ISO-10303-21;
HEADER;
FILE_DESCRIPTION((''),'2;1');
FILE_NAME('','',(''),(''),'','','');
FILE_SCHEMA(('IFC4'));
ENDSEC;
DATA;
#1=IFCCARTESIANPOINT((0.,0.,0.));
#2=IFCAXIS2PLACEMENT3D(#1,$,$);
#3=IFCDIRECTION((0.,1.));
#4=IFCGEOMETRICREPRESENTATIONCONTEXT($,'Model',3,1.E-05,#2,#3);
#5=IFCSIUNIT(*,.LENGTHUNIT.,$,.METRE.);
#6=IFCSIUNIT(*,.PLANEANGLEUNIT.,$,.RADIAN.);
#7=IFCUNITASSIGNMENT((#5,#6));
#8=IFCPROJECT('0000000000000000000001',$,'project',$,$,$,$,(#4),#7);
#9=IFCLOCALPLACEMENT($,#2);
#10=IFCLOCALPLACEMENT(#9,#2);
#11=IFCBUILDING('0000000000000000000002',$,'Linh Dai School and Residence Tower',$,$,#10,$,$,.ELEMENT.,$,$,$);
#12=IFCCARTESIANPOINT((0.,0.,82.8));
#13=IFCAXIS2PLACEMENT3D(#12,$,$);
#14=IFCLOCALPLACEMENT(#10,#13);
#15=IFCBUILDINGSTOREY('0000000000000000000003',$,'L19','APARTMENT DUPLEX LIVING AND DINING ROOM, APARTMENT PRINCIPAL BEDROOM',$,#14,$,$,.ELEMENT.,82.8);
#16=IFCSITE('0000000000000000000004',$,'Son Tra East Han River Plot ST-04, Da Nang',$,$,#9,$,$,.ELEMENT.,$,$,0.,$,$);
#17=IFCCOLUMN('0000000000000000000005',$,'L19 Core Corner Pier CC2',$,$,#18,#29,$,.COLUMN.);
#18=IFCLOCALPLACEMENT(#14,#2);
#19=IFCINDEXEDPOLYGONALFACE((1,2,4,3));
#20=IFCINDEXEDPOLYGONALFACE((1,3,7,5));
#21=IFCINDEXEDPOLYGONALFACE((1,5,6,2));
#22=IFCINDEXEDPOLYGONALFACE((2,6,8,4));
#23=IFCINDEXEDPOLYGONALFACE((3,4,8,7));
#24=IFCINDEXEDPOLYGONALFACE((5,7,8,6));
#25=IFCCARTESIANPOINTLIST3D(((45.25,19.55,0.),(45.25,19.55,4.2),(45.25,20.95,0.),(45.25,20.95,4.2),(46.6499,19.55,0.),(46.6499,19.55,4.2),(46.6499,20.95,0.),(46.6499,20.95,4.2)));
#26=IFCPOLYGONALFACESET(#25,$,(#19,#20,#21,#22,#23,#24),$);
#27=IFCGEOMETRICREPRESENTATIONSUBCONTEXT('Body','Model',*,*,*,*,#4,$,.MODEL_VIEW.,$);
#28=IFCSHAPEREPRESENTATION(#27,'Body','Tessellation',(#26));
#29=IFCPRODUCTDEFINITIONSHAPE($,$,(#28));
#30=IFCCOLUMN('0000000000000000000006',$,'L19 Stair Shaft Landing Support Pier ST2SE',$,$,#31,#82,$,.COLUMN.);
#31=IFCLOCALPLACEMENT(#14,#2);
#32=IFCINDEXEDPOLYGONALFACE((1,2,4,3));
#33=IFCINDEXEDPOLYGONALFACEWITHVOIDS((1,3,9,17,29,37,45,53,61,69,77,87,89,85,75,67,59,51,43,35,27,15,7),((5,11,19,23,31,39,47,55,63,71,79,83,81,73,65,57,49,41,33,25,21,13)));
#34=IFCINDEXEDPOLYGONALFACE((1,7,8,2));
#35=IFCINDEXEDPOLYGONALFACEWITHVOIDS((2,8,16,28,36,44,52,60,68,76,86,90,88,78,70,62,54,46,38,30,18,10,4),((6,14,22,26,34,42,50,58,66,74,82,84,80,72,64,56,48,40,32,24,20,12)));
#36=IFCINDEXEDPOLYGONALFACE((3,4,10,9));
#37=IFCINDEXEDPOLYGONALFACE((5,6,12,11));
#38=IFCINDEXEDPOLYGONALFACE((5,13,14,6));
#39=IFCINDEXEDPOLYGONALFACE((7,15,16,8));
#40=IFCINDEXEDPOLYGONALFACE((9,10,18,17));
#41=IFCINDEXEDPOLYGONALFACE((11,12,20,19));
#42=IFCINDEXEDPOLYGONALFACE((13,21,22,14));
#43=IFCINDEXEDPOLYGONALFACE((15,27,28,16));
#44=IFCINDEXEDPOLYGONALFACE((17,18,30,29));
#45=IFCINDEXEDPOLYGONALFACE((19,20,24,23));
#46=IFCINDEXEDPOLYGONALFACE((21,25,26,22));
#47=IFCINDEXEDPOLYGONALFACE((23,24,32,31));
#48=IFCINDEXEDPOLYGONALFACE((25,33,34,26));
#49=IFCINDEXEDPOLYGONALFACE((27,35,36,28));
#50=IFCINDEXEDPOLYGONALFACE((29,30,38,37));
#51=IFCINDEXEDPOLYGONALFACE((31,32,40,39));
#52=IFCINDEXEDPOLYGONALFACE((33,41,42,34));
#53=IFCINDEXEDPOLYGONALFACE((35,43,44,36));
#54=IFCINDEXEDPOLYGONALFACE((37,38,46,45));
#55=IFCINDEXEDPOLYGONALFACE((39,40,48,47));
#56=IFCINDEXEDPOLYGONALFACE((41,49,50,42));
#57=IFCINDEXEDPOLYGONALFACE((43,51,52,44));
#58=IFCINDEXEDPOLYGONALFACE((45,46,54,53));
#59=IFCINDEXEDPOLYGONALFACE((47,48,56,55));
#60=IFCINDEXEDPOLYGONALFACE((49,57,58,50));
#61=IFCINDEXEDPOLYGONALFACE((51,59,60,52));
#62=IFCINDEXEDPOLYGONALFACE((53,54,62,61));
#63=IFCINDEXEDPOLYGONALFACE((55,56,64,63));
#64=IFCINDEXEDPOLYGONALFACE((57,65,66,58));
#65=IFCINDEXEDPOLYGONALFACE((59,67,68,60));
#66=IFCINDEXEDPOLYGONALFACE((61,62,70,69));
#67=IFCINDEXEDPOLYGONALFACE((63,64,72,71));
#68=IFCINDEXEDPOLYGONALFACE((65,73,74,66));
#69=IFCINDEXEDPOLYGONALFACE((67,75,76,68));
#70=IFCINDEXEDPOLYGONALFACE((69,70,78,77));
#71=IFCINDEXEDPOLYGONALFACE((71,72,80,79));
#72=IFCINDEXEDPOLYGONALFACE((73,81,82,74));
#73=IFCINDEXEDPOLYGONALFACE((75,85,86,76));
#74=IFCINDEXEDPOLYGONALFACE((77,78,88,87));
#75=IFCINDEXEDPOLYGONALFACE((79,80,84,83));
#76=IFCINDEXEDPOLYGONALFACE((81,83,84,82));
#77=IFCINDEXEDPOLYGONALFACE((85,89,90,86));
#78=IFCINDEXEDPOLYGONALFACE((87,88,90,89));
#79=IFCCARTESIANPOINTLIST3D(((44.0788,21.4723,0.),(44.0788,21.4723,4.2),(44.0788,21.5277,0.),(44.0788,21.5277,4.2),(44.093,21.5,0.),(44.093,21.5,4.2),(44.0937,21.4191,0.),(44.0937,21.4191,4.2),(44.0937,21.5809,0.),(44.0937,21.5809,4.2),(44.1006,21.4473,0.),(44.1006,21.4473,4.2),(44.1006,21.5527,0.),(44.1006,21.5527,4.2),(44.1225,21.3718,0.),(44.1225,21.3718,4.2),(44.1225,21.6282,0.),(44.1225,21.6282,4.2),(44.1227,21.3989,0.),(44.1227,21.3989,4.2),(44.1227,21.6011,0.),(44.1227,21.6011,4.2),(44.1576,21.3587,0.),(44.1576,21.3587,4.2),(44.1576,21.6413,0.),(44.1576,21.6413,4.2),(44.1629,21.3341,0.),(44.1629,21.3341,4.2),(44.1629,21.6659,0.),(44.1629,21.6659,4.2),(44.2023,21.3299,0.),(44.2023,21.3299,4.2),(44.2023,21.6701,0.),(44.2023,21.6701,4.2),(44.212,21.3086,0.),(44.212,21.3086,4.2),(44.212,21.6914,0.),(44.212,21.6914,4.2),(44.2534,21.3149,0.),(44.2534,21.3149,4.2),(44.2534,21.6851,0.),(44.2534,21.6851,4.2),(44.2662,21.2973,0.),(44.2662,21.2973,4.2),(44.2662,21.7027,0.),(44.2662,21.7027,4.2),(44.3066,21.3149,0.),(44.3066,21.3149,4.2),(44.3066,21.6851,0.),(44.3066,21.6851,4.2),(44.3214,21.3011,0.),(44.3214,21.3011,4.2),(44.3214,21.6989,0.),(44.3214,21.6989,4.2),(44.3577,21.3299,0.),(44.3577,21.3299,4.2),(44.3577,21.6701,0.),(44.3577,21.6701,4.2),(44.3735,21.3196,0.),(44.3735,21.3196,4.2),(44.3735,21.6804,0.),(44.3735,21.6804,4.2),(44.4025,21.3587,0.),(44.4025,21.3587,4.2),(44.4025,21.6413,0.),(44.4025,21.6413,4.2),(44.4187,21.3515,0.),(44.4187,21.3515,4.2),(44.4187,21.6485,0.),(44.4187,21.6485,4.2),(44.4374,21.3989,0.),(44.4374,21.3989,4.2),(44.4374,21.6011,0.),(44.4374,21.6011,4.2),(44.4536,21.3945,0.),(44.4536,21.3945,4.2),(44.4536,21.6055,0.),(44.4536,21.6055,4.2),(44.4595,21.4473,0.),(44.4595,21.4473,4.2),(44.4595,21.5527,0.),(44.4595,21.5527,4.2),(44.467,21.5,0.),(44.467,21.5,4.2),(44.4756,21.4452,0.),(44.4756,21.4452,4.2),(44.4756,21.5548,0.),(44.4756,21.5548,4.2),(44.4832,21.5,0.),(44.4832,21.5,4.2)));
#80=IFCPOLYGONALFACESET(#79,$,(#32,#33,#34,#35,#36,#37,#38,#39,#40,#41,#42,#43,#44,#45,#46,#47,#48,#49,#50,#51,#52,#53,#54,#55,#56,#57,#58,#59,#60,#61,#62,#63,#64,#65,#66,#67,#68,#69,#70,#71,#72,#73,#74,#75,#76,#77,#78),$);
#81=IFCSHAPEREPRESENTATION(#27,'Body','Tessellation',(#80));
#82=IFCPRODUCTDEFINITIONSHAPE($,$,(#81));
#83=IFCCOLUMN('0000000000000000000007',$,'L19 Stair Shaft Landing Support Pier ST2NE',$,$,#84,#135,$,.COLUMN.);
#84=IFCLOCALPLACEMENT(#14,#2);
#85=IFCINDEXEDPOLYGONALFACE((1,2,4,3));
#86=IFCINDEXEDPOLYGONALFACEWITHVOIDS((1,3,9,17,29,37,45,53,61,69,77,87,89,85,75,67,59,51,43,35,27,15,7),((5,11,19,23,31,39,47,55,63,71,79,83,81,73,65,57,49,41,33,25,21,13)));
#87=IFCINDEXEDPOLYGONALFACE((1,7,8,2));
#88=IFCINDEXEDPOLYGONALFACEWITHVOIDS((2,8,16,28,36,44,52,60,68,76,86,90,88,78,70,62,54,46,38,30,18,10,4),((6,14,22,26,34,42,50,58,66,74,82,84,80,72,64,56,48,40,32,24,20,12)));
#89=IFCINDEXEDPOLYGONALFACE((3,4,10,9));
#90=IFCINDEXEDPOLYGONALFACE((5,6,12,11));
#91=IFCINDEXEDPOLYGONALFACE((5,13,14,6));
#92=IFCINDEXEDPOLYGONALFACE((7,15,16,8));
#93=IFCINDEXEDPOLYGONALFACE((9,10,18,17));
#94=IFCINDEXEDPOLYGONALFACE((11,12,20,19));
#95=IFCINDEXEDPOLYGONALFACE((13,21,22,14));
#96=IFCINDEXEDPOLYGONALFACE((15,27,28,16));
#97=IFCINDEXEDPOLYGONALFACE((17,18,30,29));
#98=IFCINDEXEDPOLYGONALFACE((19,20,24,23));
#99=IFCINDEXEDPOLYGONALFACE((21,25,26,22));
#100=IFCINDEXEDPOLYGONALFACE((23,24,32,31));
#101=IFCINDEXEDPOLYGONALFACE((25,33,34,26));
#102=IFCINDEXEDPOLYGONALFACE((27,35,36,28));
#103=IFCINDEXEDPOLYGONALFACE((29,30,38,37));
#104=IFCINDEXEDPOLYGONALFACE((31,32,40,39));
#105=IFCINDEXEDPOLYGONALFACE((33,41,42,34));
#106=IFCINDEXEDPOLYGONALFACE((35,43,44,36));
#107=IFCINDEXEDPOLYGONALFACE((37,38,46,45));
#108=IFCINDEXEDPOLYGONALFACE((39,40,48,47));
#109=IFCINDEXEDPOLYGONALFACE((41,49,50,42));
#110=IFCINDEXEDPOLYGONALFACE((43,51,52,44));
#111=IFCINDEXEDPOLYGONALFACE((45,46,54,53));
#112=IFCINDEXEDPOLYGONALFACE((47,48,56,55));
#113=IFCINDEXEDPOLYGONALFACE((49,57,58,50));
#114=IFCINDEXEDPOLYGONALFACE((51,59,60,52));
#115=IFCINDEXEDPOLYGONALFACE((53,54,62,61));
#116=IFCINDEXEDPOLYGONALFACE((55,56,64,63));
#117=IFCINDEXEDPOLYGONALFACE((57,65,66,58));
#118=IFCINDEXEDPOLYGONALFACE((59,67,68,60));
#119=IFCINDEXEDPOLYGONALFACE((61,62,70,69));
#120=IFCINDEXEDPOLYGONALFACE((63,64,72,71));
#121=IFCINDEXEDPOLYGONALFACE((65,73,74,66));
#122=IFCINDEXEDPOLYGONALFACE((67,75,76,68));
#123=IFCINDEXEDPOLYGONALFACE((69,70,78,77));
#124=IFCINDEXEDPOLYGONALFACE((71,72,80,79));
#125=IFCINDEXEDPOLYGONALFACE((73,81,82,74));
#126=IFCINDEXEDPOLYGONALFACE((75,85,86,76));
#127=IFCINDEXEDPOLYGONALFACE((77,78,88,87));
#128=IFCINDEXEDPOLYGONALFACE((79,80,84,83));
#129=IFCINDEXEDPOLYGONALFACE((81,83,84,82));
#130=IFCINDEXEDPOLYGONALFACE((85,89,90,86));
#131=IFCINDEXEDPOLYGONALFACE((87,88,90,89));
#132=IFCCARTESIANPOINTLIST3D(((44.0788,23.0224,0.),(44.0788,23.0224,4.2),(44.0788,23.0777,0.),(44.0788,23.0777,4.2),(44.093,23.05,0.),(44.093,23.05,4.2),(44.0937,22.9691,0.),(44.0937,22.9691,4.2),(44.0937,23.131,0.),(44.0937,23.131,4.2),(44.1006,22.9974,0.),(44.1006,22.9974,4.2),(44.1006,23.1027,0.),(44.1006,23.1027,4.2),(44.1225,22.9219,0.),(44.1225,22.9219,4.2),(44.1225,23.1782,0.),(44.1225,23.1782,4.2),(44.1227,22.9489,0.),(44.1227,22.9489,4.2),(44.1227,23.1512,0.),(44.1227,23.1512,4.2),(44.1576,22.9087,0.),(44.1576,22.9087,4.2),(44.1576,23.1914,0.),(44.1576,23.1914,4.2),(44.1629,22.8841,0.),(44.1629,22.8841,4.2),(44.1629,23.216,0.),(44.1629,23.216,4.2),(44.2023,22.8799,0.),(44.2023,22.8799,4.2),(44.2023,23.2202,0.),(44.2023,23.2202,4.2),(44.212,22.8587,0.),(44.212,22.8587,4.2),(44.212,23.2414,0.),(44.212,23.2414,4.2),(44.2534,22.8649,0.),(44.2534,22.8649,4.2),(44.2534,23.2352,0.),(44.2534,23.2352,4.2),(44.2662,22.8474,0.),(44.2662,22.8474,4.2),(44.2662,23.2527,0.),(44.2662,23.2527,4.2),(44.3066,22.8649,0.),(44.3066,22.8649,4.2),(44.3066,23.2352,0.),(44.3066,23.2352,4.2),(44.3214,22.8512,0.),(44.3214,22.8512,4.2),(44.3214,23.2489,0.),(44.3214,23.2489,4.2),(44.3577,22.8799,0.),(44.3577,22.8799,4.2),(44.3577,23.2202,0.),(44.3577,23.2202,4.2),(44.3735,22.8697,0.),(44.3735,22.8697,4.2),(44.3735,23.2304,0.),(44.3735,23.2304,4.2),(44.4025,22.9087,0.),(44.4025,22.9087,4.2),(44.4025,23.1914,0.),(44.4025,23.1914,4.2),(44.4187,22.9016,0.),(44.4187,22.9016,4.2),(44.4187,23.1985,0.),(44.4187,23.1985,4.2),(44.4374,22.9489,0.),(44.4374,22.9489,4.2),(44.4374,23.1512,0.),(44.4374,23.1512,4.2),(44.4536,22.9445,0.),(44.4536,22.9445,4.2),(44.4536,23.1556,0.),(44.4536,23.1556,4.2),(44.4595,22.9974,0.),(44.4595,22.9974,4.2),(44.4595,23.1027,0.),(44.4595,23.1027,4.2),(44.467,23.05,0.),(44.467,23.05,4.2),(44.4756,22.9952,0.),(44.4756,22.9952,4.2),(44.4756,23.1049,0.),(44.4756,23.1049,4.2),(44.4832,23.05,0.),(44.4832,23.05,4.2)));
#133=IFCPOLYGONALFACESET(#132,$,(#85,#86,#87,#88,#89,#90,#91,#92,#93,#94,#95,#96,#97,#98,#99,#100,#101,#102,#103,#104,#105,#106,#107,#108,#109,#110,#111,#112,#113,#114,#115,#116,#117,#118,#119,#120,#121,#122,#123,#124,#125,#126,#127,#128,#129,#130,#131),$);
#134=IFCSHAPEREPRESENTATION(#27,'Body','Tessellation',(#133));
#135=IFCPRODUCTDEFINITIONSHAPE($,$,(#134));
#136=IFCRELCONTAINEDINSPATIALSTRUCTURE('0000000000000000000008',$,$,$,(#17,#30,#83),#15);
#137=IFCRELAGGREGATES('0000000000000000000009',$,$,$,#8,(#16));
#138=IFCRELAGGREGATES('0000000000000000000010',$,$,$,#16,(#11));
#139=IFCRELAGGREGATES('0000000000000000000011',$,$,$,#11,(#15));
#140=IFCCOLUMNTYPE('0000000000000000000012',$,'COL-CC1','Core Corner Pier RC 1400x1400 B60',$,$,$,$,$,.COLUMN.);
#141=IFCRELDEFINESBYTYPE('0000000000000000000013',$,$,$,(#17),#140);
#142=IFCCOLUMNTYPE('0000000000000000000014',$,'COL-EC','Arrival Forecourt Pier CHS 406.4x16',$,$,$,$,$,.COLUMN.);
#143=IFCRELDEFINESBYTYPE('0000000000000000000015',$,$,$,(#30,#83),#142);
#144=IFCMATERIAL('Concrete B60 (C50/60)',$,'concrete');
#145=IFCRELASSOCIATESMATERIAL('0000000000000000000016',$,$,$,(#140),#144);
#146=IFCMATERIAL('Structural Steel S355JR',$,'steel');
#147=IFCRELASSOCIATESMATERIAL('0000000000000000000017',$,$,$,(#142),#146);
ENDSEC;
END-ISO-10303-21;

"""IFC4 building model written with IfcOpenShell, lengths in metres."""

from ifc_helpers import new_model, si_unit, direction, frame, origin, origin_2d, place, context, subcontext, project, spatial, rectangle, hollow_circle, extrude, material, material_profile, profile_set, type_object, element, save


model = new_model("IFC4")

# Units and contexts
model_context = context("Model", 3, precision=1e-05, world=origin(), true_north=direction((0.0, 1.0)))
body_context = subcontext(model_context, "Body", "Model", "MODEL_VIEW")
ifc_project = project(units=[si_unit("LENGTHUNIT", "METRE"), si_unit("PLANEANGLEUNIT", "RADIAN")], contexts=[model_context])

# Site, building, storey
site_placement = place(None, origin())
site = spatial("IfcSite", under=ifc_project, at=site_placement, Name="Son Tra East Han River Plot ST-04, Da Nang", CompositionType="ELEMENT", RefElevation=0.0)
building_placement = place(site_placement, origin())
building = spatial("IfcBuilding", under=site, at=building_placement, Name="Linh Dai School and Residence Tower", CompositionType="ELEMENT")
storey_placement = place(building_placement, frame((0.0, 0.0, 82.8)))
storey = spatial("IfcBuildingStorey", under=building, at=storey_placement, Name="L19", Description="APARTMENT DUPLEX LIVING AND DINING ROOM, APARTMENT PRINCIPAL BEDROOM", CompositionType="ELEMENT", Elevation=82.8)

# Columns
ifc_material_1 = material(Name="Concrete B60 (C50/60)", Category="concrete")
ifc_material_profile_1 = material_profile(ifc_material_1, rectangle(XDim=1.3999, YDim=1.3999, at=origin_2d()), Name="RC 1400x1400")
ifc_profile_set_1 = profile_set([ifc_material_profile_1], Name="Concrete B60 (C50/60)")
column_type_1 = type_object("IfcColumnType", Name="COL-CC1", Description="Core Corner Pier RC 1400x1400 B60", PredefinedType="COLUMN", material=ifc_profile_set_1)
column_1_placement = place(storey_placement, frame((45.95, 20.25, 0.0), z_axis=(0.0, 0.0, 1.0), x_axis=(1.0, 0.0, 0.0)))
element("IfcColumn", 1, at=column_1_placement, inside=storey, type_object=column_type_1, Name="L19 Core Corner Pier CC2", PredefinedType="COLUMN", context=body_context, shape_type="SweptSolid", body=[
    extrude(rectangle(XDim=1.3999, YDim=1.3999, at=origin_2d()), origin(), (0.0, 0.0, 1.0), 4.2),
])
ifc_material_2 = material(Name="Structural Steel S355JR", Category="steel")
ifc_material_profile_2 = material_profile(ifc_material_2, hollow_circle(Radius=0.2031, WallThickness=0.0161, at=origin_2d()), Name="CHS 406.4x16")
ifc_profile_set_2 = profile_set([ifc_material_profile_2], Name="Structural Steel S355JR")
column_type_2 = type_object("IfcColumnType", Name="COL-EC", Description="Arrival Forecourt Pier CHS 406.4x16", PredefinedType="COLUMN", material=ifc_profile_set_2)
for number, where, z_axis, x_axis, name in (
    (2, (44.28, 21.5, 0.0), (0.0, 0.0, 1.0), (1.0, 0.0, 0.0), "L19 Stair Shaft Landing Support Pier ST2SE"),
    (3, (44.28, 23.05, 0.0), (0.0, 0.0, 1.0), (1.0, 0.0, 0.0), "L19 Stair Shaft Landing Support Pier ST2NE"),
):
    element("IfcColumn", number, at=place(storey_placement, frame(where, z_axis=z_axis, x_axis=x_axis)), inside=storey, type_object=column_type_2, Name=name, PredefinedType="COLUMN", context=body_context, shape_type="SweptSolid", body=[
        extrude(hollow_circle(Radius=0.2031, WallThickness=0.0161, at=origin_2d()), origin(), (0.0, 0.0, 1.0), 4.2),
    ])

save(model, "model.ifc")
